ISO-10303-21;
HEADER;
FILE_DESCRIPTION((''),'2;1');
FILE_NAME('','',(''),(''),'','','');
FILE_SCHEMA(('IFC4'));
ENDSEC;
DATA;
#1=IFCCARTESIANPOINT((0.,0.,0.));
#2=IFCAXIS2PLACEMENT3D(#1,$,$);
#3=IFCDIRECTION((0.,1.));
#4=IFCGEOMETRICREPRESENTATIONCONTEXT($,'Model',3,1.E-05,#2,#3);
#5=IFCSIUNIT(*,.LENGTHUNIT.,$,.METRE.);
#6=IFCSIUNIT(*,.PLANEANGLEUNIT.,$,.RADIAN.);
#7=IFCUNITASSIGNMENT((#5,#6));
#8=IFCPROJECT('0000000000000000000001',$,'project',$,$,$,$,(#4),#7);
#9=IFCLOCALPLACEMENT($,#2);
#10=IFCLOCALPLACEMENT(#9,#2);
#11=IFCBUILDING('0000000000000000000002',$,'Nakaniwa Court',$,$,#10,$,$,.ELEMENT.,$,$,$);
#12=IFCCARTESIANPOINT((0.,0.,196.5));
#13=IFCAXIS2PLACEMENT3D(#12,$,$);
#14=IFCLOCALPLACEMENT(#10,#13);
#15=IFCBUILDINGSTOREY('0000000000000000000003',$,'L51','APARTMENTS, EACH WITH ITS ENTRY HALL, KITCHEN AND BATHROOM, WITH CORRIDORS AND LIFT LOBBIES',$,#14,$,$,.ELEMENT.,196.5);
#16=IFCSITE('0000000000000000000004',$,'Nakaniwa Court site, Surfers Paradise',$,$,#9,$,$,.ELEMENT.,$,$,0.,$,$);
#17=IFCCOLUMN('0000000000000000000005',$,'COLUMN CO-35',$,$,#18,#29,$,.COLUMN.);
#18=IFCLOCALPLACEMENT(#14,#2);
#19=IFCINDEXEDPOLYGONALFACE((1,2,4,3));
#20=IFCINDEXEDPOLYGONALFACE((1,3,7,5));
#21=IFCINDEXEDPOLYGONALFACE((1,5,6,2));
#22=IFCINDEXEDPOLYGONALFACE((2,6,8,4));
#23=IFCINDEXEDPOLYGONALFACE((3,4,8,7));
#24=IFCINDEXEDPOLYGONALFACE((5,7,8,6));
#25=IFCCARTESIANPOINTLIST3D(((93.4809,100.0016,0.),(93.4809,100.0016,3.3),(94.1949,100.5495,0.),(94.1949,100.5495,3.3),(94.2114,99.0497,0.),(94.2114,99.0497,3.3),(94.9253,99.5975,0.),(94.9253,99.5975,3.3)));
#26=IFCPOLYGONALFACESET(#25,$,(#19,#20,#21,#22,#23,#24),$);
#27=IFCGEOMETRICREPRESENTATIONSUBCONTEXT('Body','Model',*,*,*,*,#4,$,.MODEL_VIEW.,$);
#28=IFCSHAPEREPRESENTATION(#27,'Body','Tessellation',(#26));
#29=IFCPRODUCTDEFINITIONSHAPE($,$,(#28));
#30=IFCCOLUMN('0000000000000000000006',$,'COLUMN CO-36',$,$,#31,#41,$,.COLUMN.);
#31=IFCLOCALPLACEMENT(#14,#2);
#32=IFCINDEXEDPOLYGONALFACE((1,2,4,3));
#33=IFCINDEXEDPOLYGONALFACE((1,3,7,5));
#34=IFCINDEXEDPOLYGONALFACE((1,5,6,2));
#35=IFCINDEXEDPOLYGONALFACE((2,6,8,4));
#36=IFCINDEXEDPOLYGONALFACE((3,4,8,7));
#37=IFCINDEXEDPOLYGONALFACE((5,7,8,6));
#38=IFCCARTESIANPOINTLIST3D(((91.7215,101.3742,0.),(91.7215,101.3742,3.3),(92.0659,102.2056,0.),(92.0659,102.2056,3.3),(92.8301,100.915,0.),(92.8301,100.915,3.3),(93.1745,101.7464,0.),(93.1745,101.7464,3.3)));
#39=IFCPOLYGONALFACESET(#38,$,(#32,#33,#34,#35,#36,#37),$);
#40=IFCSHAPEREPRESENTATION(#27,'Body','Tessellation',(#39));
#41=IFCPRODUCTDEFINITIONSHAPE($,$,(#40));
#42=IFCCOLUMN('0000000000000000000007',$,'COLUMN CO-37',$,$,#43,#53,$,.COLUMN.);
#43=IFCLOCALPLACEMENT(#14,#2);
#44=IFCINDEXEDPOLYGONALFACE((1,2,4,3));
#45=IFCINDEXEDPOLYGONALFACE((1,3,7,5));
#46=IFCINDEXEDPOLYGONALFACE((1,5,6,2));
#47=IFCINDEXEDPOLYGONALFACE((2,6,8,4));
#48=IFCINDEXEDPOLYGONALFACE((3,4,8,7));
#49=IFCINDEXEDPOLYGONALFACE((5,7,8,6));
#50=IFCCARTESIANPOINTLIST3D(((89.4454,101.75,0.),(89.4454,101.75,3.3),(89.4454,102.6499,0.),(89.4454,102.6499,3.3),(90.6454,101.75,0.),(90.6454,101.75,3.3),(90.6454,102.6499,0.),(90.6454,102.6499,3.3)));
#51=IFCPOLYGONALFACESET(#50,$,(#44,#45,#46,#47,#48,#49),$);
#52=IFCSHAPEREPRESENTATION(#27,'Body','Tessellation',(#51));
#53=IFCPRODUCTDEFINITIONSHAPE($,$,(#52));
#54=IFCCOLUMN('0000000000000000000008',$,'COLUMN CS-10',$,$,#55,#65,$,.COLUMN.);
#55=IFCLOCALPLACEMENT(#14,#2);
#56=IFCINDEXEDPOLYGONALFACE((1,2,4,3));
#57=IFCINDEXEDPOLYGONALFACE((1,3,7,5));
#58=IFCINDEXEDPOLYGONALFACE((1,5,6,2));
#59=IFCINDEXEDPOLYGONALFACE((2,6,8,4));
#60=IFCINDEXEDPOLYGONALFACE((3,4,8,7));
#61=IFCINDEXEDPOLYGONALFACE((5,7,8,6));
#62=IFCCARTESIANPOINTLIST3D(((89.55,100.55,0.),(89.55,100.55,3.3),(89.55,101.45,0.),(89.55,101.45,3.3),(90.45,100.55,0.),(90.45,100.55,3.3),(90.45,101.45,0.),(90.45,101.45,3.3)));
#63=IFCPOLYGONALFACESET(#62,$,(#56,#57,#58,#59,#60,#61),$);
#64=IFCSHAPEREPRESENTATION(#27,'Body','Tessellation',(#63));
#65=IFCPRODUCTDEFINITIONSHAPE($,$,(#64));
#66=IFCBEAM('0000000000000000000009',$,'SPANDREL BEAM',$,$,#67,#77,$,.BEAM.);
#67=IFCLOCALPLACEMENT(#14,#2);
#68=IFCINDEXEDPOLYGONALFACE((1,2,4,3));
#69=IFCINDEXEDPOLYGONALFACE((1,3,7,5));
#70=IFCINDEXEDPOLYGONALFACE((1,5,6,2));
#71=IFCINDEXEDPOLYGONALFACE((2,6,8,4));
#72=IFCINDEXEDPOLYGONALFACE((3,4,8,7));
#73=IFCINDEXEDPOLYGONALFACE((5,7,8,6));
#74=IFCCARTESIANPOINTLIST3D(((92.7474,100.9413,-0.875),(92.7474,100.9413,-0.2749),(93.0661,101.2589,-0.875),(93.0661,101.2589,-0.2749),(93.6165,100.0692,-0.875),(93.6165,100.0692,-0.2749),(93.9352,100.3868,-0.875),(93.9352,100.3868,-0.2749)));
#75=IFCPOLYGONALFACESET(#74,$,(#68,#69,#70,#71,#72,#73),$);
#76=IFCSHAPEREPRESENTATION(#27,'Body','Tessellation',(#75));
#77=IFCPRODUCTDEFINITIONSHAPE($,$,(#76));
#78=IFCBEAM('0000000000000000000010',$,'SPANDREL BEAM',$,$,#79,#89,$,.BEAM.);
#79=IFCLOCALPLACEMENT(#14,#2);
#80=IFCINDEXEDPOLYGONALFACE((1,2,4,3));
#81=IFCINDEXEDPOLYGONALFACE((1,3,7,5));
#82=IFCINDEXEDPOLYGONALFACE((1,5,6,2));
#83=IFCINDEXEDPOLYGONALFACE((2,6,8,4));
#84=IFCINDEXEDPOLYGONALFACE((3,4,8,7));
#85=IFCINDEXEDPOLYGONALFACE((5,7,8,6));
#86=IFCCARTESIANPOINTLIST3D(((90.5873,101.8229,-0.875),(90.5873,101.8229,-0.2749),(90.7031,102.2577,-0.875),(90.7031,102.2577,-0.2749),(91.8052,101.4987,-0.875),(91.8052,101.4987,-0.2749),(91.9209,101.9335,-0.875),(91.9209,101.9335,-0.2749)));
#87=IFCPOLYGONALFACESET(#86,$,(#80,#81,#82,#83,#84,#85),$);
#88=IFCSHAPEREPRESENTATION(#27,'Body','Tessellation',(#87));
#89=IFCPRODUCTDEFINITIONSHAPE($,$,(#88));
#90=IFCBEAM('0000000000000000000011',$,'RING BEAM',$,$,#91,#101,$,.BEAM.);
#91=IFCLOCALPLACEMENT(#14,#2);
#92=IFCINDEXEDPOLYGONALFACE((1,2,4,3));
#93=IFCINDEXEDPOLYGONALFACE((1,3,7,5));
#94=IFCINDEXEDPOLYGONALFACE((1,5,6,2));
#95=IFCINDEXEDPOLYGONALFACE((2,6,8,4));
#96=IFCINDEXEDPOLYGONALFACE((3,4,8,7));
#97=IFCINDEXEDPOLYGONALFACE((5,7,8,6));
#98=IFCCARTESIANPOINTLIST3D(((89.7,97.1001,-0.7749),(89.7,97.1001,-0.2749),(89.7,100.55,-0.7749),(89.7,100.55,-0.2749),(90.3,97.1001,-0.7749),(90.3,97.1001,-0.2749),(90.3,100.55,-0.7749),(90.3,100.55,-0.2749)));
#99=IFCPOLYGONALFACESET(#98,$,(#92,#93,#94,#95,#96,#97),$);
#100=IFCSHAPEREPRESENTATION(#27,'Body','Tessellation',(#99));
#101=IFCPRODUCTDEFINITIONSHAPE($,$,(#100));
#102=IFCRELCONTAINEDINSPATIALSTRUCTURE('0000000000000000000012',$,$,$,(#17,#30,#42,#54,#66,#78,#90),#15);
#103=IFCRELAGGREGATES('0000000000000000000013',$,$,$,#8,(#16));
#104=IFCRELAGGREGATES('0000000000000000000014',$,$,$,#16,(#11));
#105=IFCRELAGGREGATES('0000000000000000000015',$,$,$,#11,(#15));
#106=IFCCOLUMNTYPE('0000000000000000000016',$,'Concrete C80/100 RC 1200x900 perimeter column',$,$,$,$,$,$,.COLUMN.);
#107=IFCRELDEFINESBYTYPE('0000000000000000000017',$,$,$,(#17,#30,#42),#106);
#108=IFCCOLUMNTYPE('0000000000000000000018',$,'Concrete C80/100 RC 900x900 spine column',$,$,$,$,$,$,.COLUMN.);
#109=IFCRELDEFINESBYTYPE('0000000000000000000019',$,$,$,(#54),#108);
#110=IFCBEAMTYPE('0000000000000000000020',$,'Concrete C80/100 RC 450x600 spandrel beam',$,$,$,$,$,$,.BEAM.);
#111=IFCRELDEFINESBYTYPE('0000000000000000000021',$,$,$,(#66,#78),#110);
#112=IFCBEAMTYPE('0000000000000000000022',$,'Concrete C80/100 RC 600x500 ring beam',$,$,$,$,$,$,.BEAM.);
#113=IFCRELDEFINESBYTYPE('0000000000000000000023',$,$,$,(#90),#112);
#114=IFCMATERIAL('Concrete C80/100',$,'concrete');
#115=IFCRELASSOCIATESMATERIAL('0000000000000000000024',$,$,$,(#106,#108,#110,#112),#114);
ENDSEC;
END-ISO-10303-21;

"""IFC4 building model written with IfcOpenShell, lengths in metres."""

from ifc_helpers import new_model, si_unit, direction, frame, origin, origin_2d, place, context, subcontext, project, spatial, rectangle, extrude, material, material_profile, profile_set, type_object, element, save


model = new_model("IFC4")

# Units and contexts
model_context = context("Model", 3, precision=1e-05, world=origin(), true_north=direction((0.0, 1.0)))
body_context = subcontext(model_context, "Body", "Model", "MODEL_VIEW")
ifc_project = project(units=[si_unit("LENGTHUNIT", "METRE"), si_unit("PLANEANGLEUNIT", "RADIAN")], contexts=[model_context])

# Site, building, storey
site_placement = place(None, origin())
site = spatial("IfcSite", under=ifc_project, at=site_placement, Name="Nakaniwa Court site, Surfers Paradise", CompositionType="ELEMENT", RefElevation=0.0)
building_placement = place(site_placement, origin())
building = spatial("IfcBuilding", under=site, at=building_placement, Name="Nakaniwa Court", CompositionType="ELEMENT")
storey_placement = place(building_placement, frame((0.0, 0.0, 196.5)))
storey = spatial("IfcBuildingStorey", under=building, at=storey_placement, Name="L51", Description="APARTMENTS, EACH WITH ITS ENTRY HALL, KITCHEN AND BATHROOM, WITH CORRIDORS AND LIFT LOBBIES", CompositionType="ELEMENT", Elevation=196.5)

# Columns
ifc_material_1 = material(Name="Concrete C80/100", Category="concrete")
ifc_material_profile_1 = material_profile(ifc_material_1, rectangle(XDim=1.2, YDim=0.8999, at=origin_2d()), Name="Concrete C80/100 RC 1200x900 perimeter column")
ifc_profile_set_1 = profile_set([ifc_material_profile_1], Name="Concrete C80/100")
column_type_1 = type_object("IfcColumnType", Name="Concrete C80/100 RC 1200x900 perimeter column", PredefinedType="COLUMN", material=ifc_profile_set_1)
for number, where, z_axis, x_axis, name in (
    (1, (94.2031, 99.7996, 0.0), (0.0, 0.0, 1.0), (-0.608761, 0.793353, 0.0), "COLUMN CO-35"),
    (2, (92.448, 101.5603, 0.0), (0.0, 0.0, 1.0), (-0.92388, 0.382683, 0.0), "COLUMN CO-36"),
    (3, (90.0454, 102.2, 0.0), (0.0, 0.0, 1.0), (-1.0, 0.0, 0.0), "COLUMN CO-37"),
):
    element("IfcColumn", number, at=place(storey_placement, frame(where, z_axis=z_axis, x_axis=x_axis)), inside=storey, type_object=column_type_1, Name=name, PredefinedType="COLUMN", context=body_context, shape_type="SweptSolid", body=[
        extrude(rectangle(XDim=1.2, YDim=0.8999, at=origin_2d()), origin(), (0.0, 0.0, 1.0), 3.3),
    ])
ifc_material_profile_2 = material_profile(ifc_material_1, rectangle(XDim=0.8999, YDim=0.8999, at=origin_2d()), Name="Concrete C80/100 RC 900x900 spine column")
ifc_profile_set_2 = profile_set([ifc_material_profile_2], Name="Concrete C80/100")
column_type_2 = type_object("IfcColumnType", Name="Concrete C80/100 RC 900x900 spine column", PredefinedType="COLUMN", material=ifc_profile_set_2)
column_placement = place(storey_placement, frame((90.0, 101.0, 0.0), z_axis=(0.0, 0.0, 1.0), x_axis=(0.0, 1.0, 0.0)))
element("IfcColumn", 4, at=column_placement, inside=storey, type_object=column_type_2, Name="COLUMN CS-10", PredefinedType="COLUMN", context=body_context, shape_type="SweptSolid", body=[
    extrude(rectangle(XDim=0.8999, YDim=0.8999, at=origin_2d()), origin(), (0.0, 0.0, 1.0), 3.3),
])

# Beams
ifc_material_profile_3 = material_profile(ifc_material_1, rectangle(XDim=0.45, YDim=0.6001, at=origin_2d()), Name="Concrete C80/100 RC 450x600 spandrel beam")
ifc_profile_set_3 = profile_set([ifc_material_profile_3], Name="Concrete C80/100")
beam_type_1 = type_object("IfcBeamType", Name="Concrete C80/100 RC 450x600 spandrel beam", PredefinedType="BEAM", material=ifc_profile_set_3)
beam_1_placement = place(storey_placement, frame((93.7759, 100.228, -0.575), z_axis=(-0.705916, 0.708296, 0.0), x_axis=(-0.708296, -0.705916, 0.0)))
element("IfcBeam", 5, at=beam_1_placement, inside=storey, type_object=beam_type_1, Name="SPANDREL BEAM", PredefinedType="BEAM", context=body_context, shape_type="SweptSolid", body=[
    extrude(rectangle(XDim=0.45, YDim=0.6001, at=origin_2d()), origin(), (0.0, 0.0, 1.0), 1.2312),
])
beam_2_placement = place(storey_placement, frame((91.863, 101.7161, -0.575), z_axis=(-0.966338, 0.257277, 0.0), x_axis=(-0.257277, -0.966338, 0.0)))
element("IfcBeam", 6, at=beam_2_placement, inside=storey, type_object=beam_type_1, Name="SPANDREL BEAM", PredefinedType="BEAM", context=body_context, shape_type="SweptSolid", body=[
    extrude(rectangle(XDim=0.45, YDim=0.6001, at=origin_2d()), origin(), (0.0, 0.0, 1.0), 1.2603),
])
ifc_material_profile_4 = material_profile(ifc_material_1, rectangle(XDim=0.6001, YDim=0.5, at=origin_2d()), Name="Concrete C80/100 RC 600x500 ring beam")
ifc_profile_set_4 = profile_set([ifc_material_profile_4], Name="Concrete C80/100")
beam_type_2 = type_object("IfcBeamType", Name="Concrete C80/100 RC 600x500 ring beam", PredefinedType="BEAM", material=ifc_profile_set_4)
beam_3_placement = place(storey_placement, frame((90.0, 97.1001, -0.5249), z_axis=(0.0, 1.0, 0.0), x_axis=(-1.0, 0.0, 0.0)))
element("IfcBeam", 7, at=beam_3_placement, inside=storey, type_object=beam_type_2, Name="RING BEAM", PredefinedType="BEAM", context=body_context, shape_type="SweptSolid", body=[
    extrude(rectangle(XDim=0.6001, YDim=0.5, at=origin_2d()), origin(), (0.0, 0.0, 1.0), 3.45),
])

save(model, "model.ifc")
